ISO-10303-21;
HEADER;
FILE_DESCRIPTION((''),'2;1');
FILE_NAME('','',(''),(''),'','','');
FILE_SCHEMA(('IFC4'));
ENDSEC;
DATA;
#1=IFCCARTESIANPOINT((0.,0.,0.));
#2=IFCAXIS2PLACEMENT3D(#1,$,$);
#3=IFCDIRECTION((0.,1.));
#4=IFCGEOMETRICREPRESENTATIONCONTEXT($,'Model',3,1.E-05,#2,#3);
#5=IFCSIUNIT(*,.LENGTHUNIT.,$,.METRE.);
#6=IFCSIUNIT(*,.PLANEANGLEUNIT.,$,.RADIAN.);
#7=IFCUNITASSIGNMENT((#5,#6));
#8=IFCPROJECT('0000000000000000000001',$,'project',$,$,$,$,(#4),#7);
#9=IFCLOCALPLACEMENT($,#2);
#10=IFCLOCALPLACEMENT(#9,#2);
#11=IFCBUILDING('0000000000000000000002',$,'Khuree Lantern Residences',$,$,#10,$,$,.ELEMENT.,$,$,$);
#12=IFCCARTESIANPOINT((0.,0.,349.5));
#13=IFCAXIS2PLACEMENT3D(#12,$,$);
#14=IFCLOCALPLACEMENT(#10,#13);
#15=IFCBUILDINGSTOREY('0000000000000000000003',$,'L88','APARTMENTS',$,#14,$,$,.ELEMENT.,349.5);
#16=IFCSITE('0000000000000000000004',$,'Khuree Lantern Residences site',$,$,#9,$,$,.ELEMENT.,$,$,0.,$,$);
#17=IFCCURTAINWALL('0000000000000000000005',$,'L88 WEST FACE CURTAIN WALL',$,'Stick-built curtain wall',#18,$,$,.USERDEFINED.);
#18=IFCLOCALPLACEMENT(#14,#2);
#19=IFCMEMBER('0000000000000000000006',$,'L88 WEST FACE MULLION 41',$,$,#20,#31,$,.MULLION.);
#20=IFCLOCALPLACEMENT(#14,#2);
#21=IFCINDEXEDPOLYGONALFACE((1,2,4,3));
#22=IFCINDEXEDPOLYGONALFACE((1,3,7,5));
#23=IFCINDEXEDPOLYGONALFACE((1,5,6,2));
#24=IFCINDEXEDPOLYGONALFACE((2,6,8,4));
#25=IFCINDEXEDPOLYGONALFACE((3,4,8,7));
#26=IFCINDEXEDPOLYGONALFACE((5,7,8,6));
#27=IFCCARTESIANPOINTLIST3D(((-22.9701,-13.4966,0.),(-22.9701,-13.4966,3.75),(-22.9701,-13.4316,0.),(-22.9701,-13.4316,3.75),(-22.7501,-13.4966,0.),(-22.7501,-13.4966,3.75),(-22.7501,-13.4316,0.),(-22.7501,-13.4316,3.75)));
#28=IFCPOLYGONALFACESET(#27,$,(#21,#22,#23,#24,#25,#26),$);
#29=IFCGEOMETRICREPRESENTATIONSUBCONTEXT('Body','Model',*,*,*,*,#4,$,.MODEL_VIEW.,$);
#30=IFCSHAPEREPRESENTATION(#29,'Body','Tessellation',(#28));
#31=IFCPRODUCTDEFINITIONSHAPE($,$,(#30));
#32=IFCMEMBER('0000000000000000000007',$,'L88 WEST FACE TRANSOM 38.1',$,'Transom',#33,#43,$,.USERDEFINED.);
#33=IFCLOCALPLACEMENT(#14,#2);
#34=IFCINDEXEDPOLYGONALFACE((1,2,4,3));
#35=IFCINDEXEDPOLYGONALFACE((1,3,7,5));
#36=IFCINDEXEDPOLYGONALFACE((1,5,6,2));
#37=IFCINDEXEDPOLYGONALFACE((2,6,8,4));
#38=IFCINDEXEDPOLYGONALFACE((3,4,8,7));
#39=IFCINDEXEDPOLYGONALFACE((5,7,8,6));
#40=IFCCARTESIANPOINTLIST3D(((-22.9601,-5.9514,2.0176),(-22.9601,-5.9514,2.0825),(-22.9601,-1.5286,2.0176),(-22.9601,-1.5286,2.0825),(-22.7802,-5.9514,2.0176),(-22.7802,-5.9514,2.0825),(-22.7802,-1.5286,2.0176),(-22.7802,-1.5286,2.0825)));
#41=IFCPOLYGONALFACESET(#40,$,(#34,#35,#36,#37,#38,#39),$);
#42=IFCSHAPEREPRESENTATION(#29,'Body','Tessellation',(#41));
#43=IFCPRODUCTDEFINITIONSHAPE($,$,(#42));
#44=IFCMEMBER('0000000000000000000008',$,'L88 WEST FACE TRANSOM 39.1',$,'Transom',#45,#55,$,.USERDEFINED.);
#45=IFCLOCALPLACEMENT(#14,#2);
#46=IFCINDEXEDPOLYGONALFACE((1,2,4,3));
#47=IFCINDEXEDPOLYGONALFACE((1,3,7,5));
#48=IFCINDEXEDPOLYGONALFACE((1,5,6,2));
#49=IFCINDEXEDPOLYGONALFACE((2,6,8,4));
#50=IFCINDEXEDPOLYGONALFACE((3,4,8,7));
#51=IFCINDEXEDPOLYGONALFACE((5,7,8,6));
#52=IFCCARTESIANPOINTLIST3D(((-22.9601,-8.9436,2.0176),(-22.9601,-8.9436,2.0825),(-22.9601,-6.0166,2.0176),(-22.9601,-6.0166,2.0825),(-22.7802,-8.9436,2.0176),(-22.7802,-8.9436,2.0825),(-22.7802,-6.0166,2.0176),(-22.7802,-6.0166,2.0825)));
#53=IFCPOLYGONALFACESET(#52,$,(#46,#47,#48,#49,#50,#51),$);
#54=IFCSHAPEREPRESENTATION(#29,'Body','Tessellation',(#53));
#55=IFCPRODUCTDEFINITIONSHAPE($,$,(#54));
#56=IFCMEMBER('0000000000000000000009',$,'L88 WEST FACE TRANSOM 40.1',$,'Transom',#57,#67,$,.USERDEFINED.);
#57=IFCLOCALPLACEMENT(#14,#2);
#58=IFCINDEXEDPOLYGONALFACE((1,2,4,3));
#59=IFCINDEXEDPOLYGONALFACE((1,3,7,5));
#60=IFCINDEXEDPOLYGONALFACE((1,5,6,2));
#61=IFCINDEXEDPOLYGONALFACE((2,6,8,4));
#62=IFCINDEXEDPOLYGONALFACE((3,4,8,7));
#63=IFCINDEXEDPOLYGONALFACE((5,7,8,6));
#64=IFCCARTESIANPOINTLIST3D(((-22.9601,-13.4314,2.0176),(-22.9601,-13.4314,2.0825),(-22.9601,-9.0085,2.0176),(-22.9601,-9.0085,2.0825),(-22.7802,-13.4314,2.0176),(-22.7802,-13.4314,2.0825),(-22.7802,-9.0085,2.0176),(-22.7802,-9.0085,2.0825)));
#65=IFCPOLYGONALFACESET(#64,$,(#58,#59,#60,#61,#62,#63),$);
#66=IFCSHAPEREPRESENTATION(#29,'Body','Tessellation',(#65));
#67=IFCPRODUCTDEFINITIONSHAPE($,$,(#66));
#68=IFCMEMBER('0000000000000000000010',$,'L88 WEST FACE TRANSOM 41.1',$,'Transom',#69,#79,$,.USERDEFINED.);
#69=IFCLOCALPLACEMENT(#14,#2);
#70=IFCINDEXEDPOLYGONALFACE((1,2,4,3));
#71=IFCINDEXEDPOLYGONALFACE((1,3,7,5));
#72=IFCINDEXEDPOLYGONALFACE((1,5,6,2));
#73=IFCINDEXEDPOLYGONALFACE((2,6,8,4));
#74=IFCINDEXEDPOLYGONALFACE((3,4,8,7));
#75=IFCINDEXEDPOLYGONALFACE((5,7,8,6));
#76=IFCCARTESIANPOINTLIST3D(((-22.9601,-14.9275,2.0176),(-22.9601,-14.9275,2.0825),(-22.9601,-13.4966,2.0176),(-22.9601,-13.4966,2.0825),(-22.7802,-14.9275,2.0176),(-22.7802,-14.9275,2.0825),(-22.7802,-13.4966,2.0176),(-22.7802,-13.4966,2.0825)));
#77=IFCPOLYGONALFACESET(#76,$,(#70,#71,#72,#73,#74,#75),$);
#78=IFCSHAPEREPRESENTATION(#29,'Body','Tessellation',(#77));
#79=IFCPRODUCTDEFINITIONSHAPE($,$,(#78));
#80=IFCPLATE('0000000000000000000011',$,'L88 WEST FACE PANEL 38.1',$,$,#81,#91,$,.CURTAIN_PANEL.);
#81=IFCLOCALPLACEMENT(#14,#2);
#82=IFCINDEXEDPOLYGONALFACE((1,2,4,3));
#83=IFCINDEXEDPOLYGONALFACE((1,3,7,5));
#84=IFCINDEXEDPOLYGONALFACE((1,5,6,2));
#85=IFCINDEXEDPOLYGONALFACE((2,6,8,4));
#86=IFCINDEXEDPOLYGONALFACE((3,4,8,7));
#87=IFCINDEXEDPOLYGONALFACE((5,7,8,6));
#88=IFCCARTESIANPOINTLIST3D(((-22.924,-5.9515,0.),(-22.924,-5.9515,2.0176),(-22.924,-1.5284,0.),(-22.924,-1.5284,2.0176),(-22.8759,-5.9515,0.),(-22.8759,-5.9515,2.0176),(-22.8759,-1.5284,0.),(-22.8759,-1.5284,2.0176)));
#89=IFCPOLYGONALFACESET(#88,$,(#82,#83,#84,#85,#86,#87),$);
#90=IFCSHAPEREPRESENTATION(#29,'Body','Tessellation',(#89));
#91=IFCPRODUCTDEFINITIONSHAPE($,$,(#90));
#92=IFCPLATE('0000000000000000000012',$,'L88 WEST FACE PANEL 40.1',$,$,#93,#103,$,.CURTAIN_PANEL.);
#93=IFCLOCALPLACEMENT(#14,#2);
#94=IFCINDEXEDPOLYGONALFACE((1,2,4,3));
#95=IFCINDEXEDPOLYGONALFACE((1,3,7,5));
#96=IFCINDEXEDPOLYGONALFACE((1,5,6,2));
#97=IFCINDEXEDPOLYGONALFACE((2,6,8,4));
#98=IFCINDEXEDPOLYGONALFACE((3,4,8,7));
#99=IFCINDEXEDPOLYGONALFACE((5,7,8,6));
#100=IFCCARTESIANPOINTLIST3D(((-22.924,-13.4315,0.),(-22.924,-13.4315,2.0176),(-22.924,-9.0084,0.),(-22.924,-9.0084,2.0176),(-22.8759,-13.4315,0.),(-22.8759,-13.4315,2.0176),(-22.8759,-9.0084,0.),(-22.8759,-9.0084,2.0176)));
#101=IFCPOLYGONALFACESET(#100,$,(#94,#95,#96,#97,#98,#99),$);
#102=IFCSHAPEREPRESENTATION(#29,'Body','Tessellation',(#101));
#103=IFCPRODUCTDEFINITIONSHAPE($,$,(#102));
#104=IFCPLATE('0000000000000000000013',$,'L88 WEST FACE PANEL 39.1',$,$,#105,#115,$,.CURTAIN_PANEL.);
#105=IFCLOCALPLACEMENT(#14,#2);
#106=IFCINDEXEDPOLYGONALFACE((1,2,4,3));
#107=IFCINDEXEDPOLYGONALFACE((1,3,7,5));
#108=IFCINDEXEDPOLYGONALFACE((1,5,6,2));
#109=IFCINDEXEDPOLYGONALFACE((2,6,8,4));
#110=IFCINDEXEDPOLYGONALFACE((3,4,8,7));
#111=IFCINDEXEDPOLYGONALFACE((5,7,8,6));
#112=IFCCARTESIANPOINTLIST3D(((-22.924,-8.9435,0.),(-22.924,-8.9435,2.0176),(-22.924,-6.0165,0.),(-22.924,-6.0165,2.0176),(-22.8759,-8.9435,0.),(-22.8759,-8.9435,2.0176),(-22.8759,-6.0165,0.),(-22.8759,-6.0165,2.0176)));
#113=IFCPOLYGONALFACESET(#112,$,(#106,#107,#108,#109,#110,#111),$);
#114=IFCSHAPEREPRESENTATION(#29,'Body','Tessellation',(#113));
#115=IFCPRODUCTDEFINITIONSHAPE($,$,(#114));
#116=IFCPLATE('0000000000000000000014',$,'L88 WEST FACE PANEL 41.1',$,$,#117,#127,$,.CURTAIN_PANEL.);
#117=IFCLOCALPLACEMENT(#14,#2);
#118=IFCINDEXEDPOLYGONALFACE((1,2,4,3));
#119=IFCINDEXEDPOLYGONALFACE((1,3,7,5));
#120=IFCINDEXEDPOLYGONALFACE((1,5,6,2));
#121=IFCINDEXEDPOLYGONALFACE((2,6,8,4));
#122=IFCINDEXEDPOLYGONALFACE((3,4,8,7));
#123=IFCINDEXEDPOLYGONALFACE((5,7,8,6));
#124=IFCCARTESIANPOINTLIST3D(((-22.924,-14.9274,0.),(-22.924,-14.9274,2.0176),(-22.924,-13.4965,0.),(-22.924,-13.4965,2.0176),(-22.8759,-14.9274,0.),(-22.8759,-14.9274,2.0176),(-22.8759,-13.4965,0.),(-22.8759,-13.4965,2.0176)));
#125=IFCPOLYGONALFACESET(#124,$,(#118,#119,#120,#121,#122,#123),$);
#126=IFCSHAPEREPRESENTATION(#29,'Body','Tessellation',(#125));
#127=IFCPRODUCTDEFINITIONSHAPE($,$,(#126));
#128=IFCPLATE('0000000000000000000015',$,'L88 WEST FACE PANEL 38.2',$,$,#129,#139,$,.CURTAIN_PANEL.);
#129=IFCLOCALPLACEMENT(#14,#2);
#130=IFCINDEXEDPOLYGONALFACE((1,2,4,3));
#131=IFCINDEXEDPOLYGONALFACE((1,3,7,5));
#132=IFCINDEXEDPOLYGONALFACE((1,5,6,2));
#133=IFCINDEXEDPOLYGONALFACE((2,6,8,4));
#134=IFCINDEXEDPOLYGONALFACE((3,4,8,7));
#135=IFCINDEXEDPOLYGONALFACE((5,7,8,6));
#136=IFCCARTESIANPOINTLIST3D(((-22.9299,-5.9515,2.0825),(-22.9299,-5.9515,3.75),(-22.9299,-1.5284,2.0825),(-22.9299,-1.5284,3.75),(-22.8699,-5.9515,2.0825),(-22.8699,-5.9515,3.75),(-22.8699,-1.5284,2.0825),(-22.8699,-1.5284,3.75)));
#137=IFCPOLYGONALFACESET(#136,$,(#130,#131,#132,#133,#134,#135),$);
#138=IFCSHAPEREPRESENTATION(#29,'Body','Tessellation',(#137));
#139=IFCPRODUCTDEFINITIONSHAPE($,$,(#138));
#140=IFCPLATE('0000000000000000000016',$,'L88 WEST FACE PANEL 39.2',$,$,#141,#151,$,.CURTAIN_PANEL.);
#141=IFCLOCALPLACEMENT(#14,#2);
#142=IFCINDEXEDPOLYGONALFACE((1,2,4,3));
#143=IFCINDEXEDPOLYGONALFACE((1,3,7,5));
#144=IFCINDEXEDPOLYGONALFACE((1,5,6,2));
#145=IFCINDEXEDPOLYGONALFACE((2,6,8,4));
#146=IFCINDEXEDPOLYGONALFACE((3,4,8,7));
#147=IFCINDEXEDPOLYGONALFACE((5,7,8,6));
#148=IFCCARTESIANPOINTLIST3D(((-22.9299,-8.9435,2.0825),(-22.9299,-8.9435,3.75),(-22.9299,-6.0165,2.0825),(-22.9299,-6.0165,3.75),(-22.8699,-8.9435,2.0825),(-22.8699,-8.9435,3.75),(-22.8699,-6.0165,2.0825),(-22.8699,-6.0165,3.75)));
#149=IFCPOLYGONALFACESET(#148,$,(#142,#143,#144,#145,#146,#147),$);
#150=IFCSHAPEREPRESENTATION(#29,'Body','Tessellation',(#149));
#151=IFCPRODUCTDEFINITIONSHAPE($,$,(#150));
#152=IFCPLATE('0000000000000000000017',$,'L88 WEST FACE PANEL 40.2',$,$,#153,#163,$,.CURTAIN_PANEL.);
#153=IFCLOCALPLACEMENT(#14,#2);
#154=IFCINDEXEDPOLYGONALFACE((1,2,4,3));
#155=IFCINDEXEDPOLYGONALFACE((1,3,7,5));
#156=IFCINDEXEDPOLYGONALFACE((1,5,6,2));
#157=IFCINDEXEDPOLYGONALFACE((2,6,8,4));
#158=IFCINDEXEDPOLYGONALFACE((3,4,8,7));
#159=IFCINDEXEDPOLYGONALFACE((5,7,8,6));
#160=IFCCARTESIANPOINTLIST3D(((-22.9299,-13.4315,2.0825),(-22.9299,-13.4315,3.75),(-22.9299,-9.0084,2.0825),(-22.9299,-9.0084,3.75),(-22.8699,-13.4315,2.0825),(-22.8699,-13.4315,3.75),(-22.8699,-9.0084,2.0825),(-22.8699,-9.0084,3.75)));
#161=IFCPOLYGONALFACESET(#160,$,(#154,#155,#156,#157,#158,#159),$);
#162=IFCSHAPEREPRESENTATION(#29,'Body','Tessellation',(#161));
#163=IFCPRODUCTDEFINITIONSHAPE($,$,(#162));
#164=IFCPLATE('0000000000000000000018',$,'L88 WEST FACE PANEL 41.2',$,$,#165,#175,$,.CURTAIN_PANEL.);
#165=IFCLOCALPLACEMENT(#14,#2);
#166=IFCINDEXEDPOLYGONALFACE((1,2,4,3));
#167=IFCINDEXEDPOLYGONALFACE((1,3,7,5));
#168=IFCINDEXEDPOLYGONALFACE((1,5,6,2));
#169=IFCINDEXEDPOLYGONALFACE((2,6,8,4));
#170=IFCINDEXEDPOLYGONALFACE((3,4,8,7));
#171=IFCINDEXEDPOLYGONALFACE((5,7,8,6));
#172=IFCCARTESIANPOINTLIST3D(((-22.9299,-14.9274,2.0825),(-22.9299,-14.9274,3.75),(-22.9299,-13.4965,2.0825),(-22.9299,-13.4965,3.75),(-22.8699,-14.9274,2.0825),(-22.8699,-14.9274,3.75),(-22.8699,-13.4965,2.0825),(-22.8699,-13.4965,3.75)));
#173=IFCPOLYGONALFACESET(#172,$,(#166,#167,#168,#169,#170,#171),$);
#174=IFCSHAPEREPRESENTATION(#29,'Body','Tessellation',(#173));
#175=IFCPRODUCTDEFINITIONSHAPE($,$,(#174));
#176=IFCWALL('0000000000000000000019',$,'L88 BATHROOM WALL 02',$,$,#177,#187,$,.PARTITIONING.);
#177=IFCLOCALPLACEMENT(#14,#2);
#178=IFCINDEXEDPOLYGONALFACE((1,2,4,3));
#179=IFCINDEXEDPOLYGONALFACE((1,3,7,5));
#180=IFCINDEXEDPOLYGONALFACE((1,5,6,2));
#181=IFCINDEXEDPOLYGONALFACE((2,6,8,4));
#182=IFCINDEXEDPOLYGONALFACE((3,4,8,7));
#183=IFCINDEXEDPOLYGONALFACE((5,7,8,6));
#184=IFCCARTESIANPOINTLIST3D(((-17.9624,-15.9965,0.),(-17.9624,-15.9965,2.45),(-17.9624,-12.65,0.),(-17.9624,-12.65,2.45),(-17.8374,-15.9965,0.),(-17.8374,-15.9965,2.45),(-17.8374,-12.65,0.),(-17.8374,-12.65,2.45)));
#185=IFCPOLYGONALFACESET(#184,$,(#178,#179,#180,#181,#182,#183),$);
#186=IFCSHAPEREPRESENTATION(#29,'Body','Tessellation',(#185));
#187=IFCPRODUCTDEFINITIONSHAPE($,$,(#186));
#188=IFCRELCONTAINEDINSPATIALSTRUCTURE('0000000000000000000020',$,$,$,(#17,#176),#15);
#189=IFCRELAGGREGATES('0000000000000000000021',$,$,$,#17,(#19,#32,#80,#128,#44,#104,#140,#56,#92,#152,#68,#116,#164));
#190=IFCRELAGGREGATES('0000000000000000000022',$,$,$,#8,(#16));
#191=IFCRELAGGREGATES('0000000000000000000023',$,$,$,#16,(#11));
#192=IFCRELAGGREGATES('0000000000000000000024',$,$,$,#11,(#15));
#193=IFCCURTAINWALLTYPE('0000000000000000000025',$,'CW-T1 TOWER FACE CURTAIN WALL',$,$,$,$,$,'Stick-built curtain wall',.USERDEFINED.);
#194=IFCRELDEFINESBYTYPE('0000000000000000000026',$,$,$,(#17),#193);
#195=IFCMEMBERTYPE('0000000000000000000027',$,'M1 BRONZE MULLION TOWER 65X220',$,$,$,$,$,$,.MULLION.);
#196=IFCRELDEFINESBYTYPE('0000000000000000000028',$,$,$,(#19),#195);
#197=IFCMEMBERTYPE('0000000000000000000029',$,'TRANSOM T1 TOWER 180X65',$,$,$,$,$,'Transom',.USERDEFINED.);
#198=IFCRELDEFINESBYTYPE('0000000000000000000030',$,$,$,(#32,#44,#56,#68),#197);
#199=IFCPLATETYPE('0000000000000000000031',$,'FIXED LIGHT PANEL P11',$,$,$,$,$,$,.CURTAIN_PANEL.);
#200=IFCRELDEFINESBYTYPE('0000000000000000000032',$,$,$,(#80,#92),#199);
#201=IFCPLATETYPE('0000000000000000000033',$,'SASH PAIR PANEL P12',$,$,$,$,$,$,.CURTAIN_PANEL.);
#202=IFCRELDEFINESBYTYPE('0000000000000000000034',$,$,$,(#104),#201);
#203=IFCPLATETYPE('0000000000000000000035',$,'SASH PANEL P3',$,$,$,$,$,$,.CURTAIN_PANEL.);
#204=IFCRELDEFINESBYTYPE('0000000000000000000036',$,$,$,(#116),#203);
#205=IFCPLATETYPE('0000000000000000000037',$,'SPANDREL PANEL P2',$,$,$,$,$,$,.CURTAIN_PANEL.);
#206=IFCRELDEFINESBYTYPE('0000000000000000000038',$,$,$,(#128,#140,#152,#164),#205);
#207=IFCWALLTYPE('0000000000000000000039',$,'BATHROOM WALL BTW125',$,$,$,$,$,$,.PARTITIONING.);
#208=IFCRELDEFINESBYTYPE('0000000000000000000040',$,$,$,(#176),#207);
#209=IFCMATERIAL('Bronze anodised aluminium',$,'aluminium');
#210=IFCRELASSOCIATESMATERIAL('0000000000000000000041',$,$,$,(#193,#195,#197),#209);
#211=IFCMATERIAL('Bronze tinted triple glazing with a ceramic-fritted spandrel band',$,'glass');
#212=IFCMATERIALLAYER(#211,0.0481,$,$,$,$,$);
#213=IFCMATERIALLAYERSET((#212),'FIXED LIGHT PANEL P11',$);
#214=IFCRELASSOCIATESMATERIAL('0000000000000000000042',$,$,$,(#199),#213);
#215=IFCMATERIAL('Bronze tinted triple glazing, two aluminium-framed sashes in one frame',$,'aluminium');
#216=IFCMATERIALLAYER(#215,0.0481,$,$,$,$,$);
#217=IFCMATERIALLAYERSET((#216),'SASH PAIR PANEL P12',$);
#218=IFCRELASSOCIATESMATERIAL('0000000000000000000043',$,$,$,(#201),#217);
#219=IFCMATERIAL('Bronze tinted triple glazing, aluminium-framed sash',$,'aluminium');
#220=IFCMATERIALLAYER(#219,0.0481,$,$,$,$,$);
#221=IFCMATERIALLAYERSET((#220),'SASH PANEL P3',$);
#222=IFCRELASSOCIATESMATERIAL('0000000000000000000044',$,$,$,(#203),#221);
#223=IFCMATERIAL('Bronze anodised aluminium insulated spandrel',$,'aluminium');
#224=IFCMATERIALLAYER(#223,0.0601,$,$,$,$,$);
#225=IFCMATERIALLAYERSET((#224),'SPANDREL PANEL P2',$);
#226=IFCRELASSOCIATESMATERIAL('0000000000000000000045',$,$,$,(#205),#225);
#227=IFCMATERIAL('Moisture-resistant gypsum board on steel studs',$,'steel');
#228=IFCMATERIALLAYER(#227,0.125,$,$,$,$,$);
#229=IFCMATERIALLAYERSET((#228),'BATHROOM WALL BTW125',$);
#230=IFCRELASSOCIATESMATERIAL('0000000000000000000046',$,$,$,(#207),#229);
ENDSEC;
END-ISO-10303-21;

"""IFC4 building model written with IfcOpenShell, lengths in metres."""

from ifc_helpers import new_model, si_unit, direction, frame, frame_2d, origin, origin_2d, place, context, subcontext, project, spatial, rectangle, extrude, material, layer, layer_set, material_profile, profile_set, type_object, element, aggregate, save


model = new_model("IFC4")

# Units and contexts
model_context = context("Model", 3, precision=1e-05, world=origin(), true_north=direction((0.0, 1.0)))
body_context = subcontext(model_context, "Body", "Model", "MODEL_VIEW")
ifc_project = project(units=[si_unit("LENGTHUNIT", "METRE"), si_unit("PLANEANGLEUNIT", "RADIAN")], contexts=[model_context])

# Site, building, storey
site_placement = place(None, origin())
site = spatial("IfcSite", under=ifc_project, at=site_placement, Name="Khuree Lantern Residences site", CompositionType="ELEMENT", RefElevation=0.0)
building_placement = place(site_placement, origin())
building = spatial("IfcBuilding", under=site, at=building_placement, Name="Khuree Lantern Residences", CompositionType="ELEMENT")
storey_placement = place(building_placement, frame((0.0, 0.0, 349.5)))
storey = spatial("IfcBuildingStorey", under=building, at=storey_placement, Name="L88", Description="APARTMENTS", CompositionType="ELEMENT", Elevation=349.5)

# Curtain wall
ifc_material_1 = material(Name="Bronze anodised aluminium", Category="aluminium")
curtain_wall_type = type_object("IfcCurtainWallType", Name="CW-T1 TOWER FACE CURTAIN WALL", ElementType="Stick-built curtain wall", PredefinedType="USERDEFINED", material=ifc_material_1)
curtain_wall_placement = place(storey_placement, origin())
curtain_wall = element("IfcCurtainWall", 1, at=curtain_wall_placement, inside=storey, type_object=curtain_wall_type, Name="L88 WEST FACE CURTAIN WALL", ObjectType="Stick-built curtain wall", PredefinedType="USERDEFINED")

# Members
ifc_material_profile_1 = material_profile(ifc_material_1, rectangle(XDim=0.0649, YDim=0.22, at=origin_2d()), Name="M1 65X220")
ifc_profile_set_1 = profile_set([ifc_material_profile_1], Name="Bronze anodised aluminium")
member_type_1 = type_object("IfcMemberType", Name="M1 BRONZE MULLION TOWER 65X220", PredefinedType="MULLION", material=ifc_profile_set_1)
member_1_placement = place(storey_placement, frame((-22.8601, -13.4641, 0.0), z_axis=(0.0, 0.0, 1.0), x_axis=(0.0, -1.0, 0.0)))
member_1 = element("IfcMember", 2, at=member_1_placement, type_object=member_type_1, Name="L88 WEST FACE MULLION 41", PredefinedType="MULLION", context=body_context, shape_type="SweptSolid", body=[
    extrude(rectangle(XDim=0.0649, YDim=0.22, at=origin_2d()), origin(), (0.0, 0.0, 1.0), 3.75),
])
ifc_material_profile_2 = material_profile(ifc_material_1, rectangle(XDim=0.1799, YDim=0.0649, at=origin_2d()), Name="T1 180X65")
ifc_profile_set_2 = profile_set([ifc_material_profile_2], Name="Bronze anodised aluminium")
member_type_2 = type_object("IfcMemberType", Name="TRANSOM T1 TOWER 180X65", ElementType="Transom", PredefinedType="USERDEFINED", material=ifc_profile_set_2)
member_2_placement = place(storey_placement, frame((-22.8701, -1.5286, 2.05), z_axis=(0.0, -1.0, 0.0), x_axis=(1.0, 0.0, 0.0)))
member_2 = element("IfcMember", 3, at=member_2_placement, type_object=member_type_2, Name="L88 WEST FACE TRANSOM 38.1", ObjectType="Transom", PredefinedType="USERDEFINED", context=body_context, shape_type="SweptSolid", body=[
    extrude(rectangle(XDim=0.1799, YDim=0.0649, at=origin_2d()), origin(), (0.0, 0.0, 1.0), 4.4229),
])
member_3_placement = place(storey_placement, frame((-22.8701, -6.0166, 2.05), z_axis=(0.0, -1.0, 0.0), x_axis=(1.0, 0.0, 0.0)))
member_3 = element("IfcMember", 4, at=member_3_placement, type_object=member_type_2, Name="L88 WEST FACE TRANSOM 39.1", ObjectType="Transom", PredefinedType="USERDEFINED", context=body_context, shape_type="SweptSolid", body=[
    extrude(rectangle(XDim=0.1799, YDim=0.0649, at=origin_2d()), origin(), (0.0, 0.0, 1.0), 2.927),
])
member_4_placement = place(storey_placement, frame((-22.8701, -9.0085, 2.05), z_axis=(0.0, -1.0, 0.0), x_axis=(1.0, 0.0, 0.0)))
member_4 = element("IfcMember", 5, at=member_4_placement, type_object=member_type_2, Name="L88 WEST FACE TRANSOM 40.1", ObjectType="Transom", PredefinedType="USERDEFINED", context=body_context, shape_type="SweptSolid", body=[
    extrude(rectangle(XDim=0.1799, YDim=0.0649, at=origin_2d()), origin(), (0.0, 0.0, 1.0), 4.4229),
])
member_5_placement = place(storey_placement, frame((-22.8701, -13.4966, 2.05), z_axis=(0.0, -1.0, 0.0), x_axis=(1.0, 0.0, 0.0)))
member_5 = element("IfcMember", 6, at=member_5_placement, type_object=member_type_2, Name="L88 WEST FACE TRANSOM 41.1", ObjectType="Transom", PredefinedType="USERDEFINED", context=body_context, shape_type="SweptSolid", body=[
    extrude(rectangle(XDim=0.1799, YDim=0.0649, at=origin_2d()), origin(), (0.0, 0.0, 1.0), 1.4309),
])

# Plates
ifc_material_2 = material(Name="Bronze tinted triple glazing with a ceramic-fritted spandrel band", Category="glass")
ifc_layer_1 = layer(ifc_material_2, 0.0481)
ifc_layer_set_1 = layer_set([ifc_layer_1], Name="FIXED LIGHT PANEL P11")
plate_type_1 = type_object("IfcPlateType", Name="FIXED LIGHT PANEL P11", PredefinedType="CURTAIN_PANEL", material=ifc_layer_set_1)
plate_1_placement = place(storey_placement, frame((-22.8999, -3.74, 0.0), z_axis=(0.0, 0.0, 1.0), x_axis=(0.0, -1.0, 0.0)))
plate_1 = element("IfcPlate", 7, at=plate_1_placement, type_object=plate_type_1, Name="L88 WEST FACE PANEL 38.1", PredefinedType="CURTAIN_PANEL", context=body_context, shape_type="SweptSolid", body=[
    extrude(rectangle(XDim=4.4231, YDim=0.0481, at=origin_2d()), origin(), (0.0, 0.0, 1.0), 2.0176),
])
plate_2_placement = place(storey_placement, frame((-22.8999, -11.22, 0.0), z_axis=(0.0, 0.0, 1.0), x_axis=(0.0, -1.0, 0.0)))
plate_2 = element("IfcPlate", 8, at=plate_2_placement, type_object=plate_type_1, Name="L88 WEST FACE PANEL 40.1", PredefinedType="CURTAIN_PANEL", context=body_context, shape_type="SweptSolid", body=[
    extrude(rectangle(XDim=4.4231, YDim=0.0481, at=origin_2d()), origin(), (0.0, 0.0, 1.0), 2.0176),
])
ifc_material_3 = material(Name="Bronze tinted triple glazing, two aluminium-framed sashes in one frame", Category="aluminium")
ifc_layer_2 = layer(ifc_material_3, 0.0481)
ifc_layer_set_2 = layer_set([ifc_layer_2], Name="SASH PAIR PANEL P12")
plate_type_2 = type_object("IfcPlateType", Name="SASH PAIR PANEL P12", PredefinedType="CURTAIN_PANEL", material=ifc_layer_set_2)
plate_3_placement = place(storey_placement, frame((-22.8999, -7.48, 0.0), z_axis=(0.0, 0.0, 1.0), x_axis=(0.0, -1.0, 0.0)))
plate_3 = element("IfcPlate", 9, at=plate_3_placement, type_object=plate_type_2, Name="L88 WEST FACE PANEL 39.1", PredefinedType="CURTAIN_PANEL", context=body_context, shape_type="SweptSolid", body=[
    extrude(rectangle(XDim=2.927, YDim=0.0481, at=origin_2d()), origin(), (0.0, 0.0, 1.0), 2.0176),
])
ifc_material_4 = material(Name="Bronze tinted triple glazing, aluminium-framed sash", Category="aluminium")
ifc_layer_3 = layer(ifc_material_4, 0.0481)
ifc_layer_set_3 = layer_set([ifc_layer_3], Name="SASH PANEL P3")
plate_type_3 = type_object("IfcPlateType", Name="SASH PANEL P3", PredefinedType="CURTAIN_PANEL", material=ifc_layer_set_3)
plate_4_placement = place(storey_placement, frame((-22.8999, -14.2119, 0.0), z_axis=(0.0, 0.0, 1.0), x_axis=(0.0, -1.0, 0.0)))
plate_4 = element("IfcPlate", 10, at=plate_4_placement, type_object=plate_type_3, Name="L88 WEST FACE PANEL 41.1", PredefinedType="CURTAIN_PANEL", context=body_context, shape_type="SweptSolid", body=[
    extrude(rectangle(XDim=1.4309, YDim=0.0481, at=origin_2d()), origin(), (0.0, 0.0, 1.0), 2.0176),
])
ifc_material_5 = material(Name="Bronze anodised aluminium insulated spandrel", Category="aluminium")
ifc_layer_4 = layer(ifc_material_5, 0.0601)
ifc_layer_set_4 = layer_set([ifc_layer_4], Name="SPANDREL PANEL P2")
plate_type_4 = type_object("IfcPlateType", Name="SPANDREL PANEL P2", PredefinedType="CURTAIN_PANEL", material=ifc_layer_set_4)
plate_5_placement = place(storey_placement, frame((-22.8999, -3.74, 2.0825), z_axis=(0.0, 0.0, 1.0), x_axis=(0.0, -1.0, 0.0)))
plate_5 = element("IfcPlate", 11, at=plate_5_placement, type_object=plate_type_4, Name="L88 WEST FACE PANEL 38.2", PredefinedType="CURTAIN_PANEL", context=body_context, shape_type="SweptSolid", body=[
    extrude(rectangle(XDim=4.4231, YDim=0.0601, at=origin_2d()), origin(), (0.0, 0.0, 1.0), 1.6675),
])
plate_6_placement = place(storey_placement, frame((-22.8999, -7.48, 2.0825), z_axis=(0.0, 0.0, 1.0), x_axis=(0.0, -1.0, 0.0)))
plate_6 = element("IfcPlate", 12, at=plate_6_placement, type_object=plate_type_4, Name="L88 WEST FACE PANEL 39.2", PredefinedType="CURTAIN_PANEL", context=body_context, shape_type="SweptSolid", body=[
    extrude(rectangle(XDim=2.927, YDim=0.0601, at=origin_2d()), origin(), (0.0, 0.0, 1.0), 1.6675),
])
plate_7_placement = place(storey_placement, frame((-22.8999, -11.22, 2.0825), z_axis=(0.0, 0.0, 1.0), x_axis=(0.0, -1.0, 0.0)))
plate_7 = element("IfcPlate", 13, at=plate_7_placement, type_object=plate_type_4, Name="L88 WEST FACE PANEL 40.2", PredefinedType="CURTAIN_PANEL", context=body_context, shape_type="SweptSolid", body=[
    extrude(rectangle(XDim=4.4231, YDim=0.0601, at=origin_2d()), origin(), (0.0, 0.0, 1.0), 1.6675),
])
plate_8_placement = place(storey_placement, frame((-22.8999, -14.2119, 2.0825), z_axis=(0.0, 0.0, 1.0), x_axis=(0.0, -1.0, 0.0)))
plate_8 = element("IfcPlate", 14, at=plate_8_placement, type_object=plate_type_4, Name="L88 WEST FACE PANEL 41.2", PredefinedType="CURTAIN_PANEL", context=body_context, shape_type="SweptSolid", body=[
    extrude(rectangle(XDim=1.4309, YDim=0.0601, at=origin_2d()), origin(), (0.0, 0.0, 1.0), 1.6675),
])
aggregate(curtain_wall, [member_1, member_2, plate_1, plate_5, member_3, plate_3, plate_6, member_4, plate_2, plate_7, member_5, plate_4, plate_8])

# Wall
ifc_material_6 = material(Name="Moisture-resistant gypsum board on steel studs", Category="steel")
ifc_layer_5 = layer(ifc_material_6, 0.125)
ifc_layer_set_5 = layer_set([ifc_layer_5], Name="BATHROOM WALL BTW125")
wall_type_1 = type_object("IfcWallType", Name="BATHROOM WALL BTW125", PredefinedType="PARTITIONING", material=ifc_layer_set_5)
wall_1_placement = place(storey_placement, frame((-17.8999, -12.6499, 0.0), z_axis=(0.0, 0.0, 1.0), x_axis=(0.0, -1.0, 0.0)))
element("IfcWall", 15, at=wall_1_placement, inside=storey, type_object=wall_type_1, Name="L88 BATHROOM WALL 02", PredefinedType="PARTITIONING", context=body_context, shape_type="SweptSolid", body=[
    extrude(rectangle(XDim=3.3464, YDim=0.125, at=frame_2d((1.6733, 0.0))), origin(), (0.0, 0.0, 1.0), 2.45),
])

save(model, "model.ifc")
